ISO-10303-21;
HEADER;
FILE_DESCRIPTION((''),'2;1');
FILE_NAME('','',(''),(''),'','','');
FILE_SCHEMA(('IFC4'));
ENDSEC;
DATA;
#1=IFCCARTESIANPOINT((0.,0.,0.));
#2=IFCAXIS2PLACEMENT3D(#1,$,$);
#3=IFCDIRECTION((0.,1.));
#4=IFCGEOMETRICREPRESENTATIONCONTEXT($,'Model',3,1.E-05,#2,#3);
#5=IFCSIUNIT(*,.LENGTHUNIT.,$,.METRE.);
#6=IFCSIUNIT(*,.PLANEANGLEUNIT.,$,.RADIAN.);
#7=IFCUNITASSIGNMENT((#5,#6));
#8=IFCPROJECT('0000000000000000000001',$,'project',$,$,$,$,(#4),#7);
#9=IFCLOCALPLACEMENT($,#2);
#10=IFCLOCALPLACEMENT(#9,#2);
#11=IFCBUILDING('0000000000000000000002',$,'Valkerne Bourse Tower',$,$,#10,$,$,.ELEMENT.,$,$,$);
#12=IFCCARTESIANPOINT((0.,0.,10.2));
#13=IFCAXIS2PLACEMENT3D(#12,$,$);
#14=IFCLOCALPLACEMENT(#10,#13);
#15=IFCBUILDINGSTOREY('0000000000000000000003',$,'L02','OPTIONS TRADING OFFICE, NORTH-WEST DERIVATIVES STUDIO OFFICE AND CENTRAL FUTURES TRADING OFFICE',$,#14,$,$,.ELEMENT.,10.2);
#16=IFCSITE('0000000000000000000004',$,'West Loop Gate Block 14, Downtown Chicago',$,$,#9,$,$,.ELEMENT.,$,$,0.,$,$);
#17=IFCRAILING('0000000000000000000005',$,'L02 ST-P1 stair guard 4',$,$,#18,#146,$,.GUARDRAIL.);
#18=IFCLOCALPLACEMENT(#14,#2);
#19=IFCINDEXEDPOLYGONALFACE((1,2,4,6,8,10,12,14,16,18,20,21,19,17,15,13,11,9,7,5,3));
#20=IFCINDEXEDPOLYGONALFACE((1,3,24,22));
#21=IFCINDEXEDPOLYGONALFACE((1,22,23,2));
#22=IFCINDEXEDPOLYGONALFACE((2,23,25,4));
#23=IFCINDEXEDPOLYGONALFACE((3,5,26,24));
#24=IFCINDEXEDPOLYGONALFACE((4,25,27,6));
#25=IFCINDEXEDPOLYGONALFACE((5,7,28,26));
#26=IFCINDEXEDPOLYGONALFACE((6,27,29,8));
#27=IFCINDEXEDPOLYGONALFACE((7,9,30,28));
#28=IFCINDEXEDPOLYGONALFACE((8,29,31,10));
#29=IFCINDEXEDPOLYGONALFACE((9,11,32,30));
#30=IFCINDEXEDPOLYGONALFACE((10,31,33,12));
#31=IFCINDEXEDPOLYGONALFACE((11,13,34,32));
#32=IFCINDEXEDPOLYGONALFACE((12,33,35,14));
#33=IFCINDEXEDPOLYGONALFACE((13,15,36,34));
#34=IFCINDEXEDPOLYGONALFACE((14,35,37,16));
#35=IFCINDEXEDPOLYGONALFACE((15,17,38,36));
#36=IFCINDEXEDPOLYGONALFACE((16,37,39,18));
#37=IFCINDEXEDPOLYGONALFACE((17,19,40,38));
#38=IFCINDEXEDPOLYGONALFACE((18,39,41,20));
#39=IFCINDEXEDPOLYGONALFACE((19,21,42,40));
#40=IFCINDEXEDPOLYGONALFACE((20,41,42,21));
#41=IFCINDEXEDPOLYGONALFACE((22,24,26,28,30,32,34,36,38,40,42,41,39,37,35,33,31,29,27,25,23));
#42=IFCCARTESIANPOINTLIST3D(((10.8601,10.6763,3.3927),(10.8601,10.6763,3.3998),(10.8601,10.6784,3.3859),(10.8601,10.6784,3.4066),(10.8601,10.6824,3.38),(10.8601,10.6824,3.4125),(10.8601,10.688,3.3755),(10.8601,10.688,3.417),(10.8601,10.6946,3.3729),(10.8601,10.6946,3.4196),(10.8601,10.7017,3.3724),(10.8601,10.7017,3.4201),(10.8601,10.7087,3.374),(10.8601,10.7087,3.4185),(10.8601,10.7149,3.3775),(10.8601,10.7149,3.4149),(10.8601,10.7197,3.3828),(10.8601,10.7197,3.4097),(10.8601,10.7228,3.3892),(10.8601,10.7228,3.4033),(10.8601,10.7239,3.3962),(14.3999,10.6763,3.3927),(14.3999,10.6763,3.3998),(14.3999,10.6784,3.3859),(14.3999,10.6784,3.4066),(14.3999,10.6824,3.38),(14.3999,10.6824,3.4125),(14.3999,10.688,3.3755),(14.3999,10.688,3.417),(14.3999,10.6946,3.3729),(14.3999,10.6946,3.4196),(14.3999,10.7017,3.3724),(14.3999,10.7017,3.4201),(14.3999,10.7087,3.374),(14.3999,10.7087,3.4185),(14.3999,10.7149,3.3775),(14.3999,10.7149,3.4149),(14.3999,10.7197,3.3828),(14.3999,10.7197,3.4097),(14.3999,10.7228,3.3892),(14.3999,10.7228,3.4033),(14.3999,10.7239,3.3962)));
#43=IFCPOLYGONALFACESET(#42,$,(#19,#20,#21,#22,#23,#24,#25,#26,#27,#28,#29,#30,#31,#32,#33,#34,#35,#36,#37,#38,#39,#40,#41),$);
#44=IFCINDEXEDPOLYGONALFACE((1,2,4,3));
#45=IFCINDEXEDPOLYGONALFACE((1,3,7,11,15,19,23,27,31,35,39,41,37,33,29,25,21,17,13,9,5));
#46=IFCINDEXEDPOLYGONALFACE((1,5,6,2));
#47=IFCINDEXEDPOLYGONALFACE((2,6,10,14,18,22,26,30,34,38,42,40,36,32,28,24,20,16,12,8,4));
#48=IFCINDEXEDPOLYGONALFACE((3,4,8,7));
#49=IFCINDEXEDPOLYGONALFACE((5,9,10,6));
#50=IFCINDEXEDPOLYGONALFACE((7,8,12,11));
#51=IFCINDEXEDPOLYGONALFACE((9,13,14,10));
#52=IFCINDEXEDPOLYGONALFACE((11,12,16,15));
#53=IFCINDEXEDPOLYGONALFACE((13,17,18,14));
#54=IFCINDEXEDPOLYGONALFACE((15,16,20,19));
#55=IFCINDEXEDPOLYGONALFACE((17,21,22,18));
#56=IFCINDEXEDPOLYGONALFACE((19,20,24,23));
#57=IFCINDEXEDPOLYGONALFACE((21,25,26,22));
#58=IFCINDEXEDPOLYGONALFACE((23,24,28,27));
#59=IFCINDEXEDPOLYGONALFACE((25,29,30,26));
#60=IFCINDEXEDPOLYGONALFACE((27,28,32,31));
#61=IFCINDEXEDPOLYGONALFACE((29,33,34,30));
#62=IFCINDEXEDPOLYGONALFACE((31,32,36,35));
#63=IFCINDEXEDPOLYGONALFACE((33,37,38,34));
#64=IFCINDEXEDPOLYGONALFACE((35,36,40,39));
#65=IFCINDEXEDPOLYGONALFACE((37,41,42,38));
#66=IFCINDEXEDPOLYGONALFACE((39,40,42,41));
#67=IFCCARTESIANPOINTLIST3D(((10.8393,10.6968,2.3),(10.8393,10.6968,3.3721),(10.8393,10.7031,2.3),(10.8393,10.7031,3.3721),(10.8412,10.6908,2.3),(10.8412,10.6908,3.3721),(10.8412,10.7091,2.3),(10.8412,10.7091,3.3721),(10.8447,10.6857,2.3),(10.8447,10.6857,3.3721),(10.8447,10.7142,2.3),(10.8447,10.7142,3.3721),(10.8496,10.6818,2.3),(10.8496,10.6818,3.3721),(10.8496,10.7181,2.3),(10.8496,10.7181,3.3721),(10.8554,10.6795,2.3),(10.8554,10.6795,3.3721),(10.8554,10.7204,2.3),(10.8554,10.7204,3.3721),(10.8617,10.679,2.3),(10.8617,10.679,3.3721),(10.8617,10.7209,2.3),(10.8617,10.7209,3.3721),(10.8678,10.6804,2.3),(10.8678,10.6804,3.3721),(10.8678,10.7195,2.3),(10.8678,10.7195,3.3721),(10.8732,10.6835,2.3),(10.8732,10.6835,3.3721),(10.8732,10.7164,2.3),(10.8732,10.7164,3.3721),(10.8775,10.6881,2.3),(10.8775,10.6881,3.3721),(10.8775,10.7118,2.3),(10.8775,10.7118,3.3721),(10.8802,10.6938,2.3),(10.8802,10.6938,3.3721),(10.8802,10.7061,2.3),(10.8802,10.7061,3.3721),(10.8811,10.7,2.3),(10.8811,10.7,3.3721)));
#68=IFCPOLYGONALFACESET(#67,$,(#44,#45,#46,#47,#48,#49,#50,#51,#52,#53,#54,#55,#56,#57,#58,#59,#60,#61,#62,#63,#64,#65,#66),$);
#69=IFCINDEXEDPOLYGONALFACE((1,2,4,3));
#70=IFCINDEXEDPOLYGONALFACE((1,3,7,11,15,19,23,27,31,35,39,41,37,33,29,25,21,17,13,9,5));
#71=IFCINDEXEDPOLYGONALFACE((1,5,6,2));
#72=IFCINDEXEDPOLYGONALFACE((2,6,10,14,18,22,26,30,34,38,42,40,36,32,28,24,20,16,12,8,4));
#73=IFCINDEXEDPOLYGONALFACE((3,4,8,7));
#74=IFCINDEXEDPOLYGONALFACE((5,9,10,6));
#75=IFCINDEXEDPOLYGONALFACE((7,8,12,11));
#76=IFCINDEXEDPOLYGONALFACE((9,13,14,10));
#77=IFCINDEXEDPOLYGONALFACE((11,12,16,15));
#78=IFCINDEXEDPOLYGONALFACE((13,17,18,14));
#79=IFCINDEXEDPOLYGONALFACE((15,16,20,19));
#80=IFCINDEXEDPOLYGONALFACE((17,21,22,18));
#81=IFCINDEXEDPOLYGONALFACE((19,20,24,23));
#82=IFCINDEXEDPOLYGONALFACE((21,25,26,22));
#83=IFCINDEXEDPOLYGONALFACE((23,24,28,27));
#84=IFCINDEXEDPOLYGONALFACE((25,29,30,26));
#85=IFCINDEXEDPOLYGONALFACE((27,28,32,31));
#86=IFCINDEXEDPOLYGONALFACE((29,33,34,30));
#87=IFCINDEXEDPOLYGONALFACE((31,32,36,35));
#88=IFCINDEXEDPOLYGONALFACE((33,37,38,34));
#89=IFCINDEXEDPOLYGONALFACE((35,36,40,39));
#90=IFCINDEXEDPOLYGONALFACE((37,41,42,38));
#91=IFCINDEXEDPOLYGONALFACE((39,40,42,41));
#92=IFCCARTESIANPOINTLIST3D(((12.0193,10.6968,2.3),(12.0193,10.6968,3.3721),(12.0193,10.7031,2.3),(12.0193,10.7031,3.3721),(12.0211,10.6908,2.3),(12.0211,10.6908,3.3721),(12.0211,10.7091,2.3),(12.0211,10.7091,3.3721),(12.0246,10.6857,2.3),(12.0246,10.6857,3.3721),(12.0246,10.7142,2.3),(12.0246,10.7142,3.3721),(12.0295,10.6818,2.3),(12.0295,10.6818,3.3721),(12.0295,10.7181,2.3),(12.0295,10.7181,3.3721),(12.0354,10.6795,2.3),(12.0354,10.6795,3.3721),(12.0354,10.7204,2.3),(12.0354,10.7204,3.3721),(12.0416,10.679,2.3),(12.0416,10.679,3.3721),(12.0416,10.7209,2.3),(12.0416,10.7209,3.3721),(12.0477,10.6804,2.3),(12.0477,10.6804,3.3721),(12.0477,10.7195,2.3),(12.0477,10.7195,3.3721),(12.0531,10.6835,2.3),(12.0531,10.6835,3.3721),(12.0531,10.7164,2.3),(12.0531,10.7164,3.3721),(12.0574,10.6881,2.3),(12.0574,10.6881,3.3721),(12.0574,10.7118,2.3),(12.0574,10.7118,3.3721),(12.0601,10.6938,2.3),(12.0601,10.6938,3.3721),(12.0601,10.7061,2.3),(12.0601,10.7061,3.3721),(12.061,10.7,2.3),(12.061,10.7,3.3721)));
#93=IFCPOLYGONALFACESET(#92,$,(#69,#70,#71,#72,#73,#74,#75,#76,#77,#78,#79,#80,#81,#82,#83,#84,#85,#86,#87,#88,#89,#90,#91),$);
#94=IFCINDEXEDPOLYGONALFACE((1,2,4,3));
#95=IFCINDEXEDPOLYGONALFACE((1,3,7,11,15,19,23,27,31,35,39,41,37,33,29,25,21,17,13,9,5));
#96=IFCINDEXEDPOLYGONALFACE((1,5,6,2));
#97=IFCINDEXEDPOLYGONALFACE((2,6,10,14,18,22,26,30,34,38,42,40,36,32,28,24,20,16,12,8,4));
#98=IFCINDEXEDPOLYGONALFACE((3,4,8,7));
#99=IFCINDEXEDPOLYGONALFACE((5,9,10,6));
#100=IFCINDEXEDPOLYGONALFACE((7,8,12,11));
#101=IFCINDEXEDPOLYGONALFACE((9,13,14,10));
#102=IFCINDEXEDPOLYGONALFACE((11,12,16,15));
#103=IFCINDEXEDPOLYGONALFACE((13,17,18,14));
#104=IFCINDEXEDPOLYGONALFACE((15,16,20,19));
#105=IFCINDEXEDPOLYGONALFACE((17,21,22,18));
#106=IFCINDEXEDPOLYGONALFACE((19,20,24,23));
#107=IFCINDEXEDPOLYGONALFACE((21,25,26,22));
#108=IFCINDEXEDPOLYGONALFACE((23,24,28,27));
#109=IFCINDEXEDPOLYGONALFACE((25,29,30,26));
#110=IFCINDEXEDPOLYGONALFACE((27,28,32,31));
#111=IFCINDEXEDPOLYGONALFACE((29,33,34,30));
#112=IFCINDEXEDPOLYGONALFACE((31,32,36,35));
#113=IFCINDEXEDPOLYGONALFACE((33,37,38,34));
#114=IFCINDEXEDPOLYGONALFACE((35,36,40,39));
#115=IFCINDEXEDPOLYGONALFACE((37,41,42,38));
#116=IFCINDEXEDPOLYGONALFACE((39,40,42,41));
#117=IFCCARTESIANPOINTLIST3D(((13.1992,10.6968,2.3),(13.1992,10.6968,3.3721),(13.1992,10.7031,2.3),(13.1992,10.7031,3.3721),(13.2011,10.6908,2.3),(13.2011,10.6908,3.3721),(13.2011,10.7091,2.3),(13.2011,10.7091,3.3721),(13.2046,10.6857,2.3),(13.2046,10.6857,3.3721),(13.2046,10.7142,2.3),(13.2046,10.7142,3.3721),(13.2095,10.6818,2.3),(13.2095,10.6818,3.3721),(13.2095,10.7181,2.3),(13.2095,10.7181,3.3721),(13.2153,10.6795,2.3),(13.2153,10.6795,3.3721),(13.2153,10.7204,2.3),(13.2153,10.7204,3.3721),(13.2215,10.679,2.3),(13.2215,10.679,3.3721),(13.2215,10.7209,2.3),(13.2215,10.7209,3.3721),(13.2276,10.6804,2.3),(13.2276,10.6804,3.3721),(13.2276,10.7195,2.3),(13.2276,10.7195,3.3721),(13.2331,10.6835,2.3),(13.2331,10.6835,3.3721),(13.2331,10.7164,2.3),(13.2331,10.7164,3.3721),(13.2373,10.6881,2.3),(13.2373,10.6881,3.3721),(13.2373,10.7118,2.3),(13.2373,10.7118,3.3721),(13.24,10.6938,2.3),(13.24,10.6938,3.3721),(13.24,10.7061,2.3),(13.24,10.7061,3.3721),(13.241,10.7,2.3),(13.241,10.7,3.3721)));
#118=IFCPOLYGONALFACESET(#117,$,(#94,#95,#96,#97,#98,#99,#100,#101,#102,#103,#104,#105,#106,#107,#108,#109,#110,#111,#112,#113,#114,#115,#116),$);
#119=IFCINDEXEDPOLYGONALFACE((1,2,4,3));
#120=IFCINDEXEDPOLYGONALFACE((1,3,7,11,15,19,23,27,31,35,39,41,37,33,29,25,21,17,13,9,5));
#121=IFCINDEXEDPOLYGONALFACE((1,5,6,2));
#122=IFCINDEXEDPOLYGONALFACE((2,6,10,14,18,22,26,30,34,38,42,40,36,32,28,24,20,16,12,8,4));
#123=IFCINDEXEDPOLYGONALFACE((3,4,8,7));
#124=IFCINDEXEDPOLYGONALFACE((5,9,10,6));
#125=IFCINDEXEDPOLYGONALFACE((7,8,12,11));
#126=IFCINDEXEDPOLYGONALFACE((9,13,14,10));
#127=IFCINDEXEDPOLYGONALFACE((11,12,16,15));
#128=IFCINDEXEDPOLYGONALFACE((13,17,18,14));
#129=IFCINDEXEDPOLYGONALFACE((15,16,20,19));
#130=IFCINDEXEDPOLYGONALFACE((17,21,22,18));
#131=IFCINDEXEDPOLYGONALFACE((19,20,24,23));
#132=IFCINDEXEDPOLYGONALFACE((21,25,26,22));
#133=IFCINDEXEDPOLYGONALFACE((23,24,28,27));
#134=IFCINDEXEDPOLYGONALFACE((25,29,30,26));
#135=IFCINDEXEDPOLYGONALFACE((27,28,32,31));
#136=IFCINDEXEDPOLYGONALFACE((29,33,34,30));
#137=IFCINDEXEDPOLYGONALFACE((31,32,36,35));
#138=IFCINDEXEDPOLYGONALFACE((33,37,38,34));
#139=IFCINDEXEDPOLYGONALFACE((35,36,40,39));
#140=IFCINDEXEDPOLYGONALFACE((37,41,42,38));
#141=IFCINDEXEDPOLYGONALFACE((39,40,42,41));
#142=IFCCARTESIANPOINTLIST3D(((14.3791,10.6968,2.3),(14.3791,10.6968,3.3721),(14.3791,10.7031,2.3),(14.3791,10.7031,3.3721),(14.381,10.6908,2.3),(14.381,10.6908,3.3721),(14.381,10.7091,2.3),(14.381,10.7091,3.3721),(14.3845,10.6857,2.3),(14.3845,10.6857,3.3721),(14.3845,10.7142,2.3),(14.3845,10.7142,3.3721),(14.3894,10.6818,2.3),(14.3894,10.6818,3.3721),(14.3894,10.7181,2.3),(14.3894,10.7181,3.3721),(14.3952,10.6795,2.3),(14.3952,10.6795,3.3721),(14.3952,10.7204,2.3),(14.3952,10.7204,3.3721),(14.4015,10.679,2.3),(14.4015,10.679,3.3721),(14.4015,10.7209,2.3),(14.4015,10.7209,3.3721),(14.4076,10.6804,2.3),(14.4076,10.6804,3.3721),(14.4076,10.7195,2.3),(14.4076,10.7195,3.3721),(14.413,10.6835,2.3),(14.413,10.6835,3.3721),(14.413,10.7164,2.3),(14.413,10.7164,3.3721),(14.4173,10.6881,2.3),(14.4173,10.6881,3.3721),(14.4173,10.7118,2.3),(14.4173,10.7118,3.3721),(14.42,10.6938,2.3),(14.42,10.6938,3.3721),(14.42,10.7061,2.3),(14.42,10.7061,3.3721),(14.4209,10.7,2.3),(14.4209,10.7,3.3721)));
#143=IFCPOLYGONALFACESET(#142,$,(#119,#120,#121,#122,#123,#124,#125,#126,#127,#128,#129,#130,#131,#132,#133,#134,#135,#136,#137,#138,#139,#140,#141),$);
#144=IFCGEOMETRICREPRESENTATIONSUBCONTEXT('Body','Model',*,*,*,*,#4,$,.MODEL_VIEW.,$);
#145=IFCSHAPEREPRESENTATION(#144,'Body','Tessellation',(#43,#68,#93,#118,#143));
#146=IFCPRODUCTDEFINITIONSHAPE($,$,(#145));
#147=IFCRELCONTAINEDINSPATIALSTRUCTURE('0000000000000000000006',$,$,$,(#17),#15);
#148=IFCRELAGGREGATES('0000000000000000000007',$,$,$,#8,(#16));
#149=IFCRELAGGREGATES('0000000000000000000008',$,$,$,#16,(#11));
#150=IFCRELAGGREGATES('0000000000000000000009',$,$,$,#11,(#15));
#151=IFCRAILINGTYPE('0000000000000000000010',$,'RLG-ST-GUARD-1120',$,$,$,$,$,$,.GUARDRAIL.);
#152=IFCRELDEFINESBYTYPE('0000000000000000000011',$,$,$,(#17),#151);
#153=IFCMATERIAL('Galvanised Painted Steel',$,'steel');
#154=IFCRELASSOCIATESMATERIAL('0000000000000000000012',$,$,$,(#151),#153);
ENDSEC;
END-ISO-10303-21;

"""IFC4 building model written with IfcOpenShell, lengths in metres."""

from ifc_helpers import new_model, si_unit, direction, frame, origin, origin_2d, place, context, subcontext, project, spatial, circle, extrude, material, type_object, element, save


model = new_model("IFC4")

# Units and contexts
model_context = context("Model", 3, precision=1e-05, world=origin(), true_north=direction((0.0, 1.0)))
body_context = subcontext(model_context, "Body", "Model", "MODEL_VIEW")
ifc_project = project(units=[si_unit("LENGTHUNIT", "METRE"), si_unit("PLANEANGLEUNIT", "RADIAN")], contexts=[model_context])

# Site, building, storey
site_placement = place(None, origin())
site = spatial("IfcSite", under=ifc_project, at=site_placement, Name="West Loop Gate Block 14, Downtown Chicago", CompositionType="ELEMENT", RefElevation=0.0)
building_placement = place(site_placement, origin())
building = spatial("IfcBuilding", under=site, at=building_placement, Name="Valkerne Bourse Tower", CompositionType="ELEMENT")
storey_placement = place(building_placement, frame((0.0, 0.0, 10.2)))
storey = spatial("IfcBuildingStorey", under=building, at=storey_placement, Name="L02", Description="OPTIONS TRADING OFFICE, NORTH-WEST DERIVATIVES STUDIO OFFICE AND CENTRAL FUTURES TRADING OFFICE", CompositionType="ELEMENT", Elevation=10.2)

# Shared definitions
ifc_material_1 = material(Name="Galvanised Painted Steel", Category="steel")

# Railing
railing_type_1 = type_object("IfcRailingType", Name="RLG-ST-GUARD-1120", PredefinedType="GUARDRAIL", material=ifc_material_1)
railing_1_placement = place(storey_placement, frame((10.8601, 10.7, 2.3)))
element("IfcRailing", 1, at=railing_1_placement, inside=storey, type_object=railing_type_1, Name="L02 ST-P1 stair guard 4", PredefinedType="GUARDRAIL", context=body_context, shape_type="SweptSolid", body=[
    extrude(circle(Radius=0.0239, at=origin_2d()), frame((0.0, 0.0, 1.0962), z_axis=(1.0, 0.0, 0.0), x_axis=(0.0, 1.0, 0.0)), (0.0, 0.0, 1.0), 3.5398),
    extrude(circle(Radius=0.021, at=origin_2d()), origin(), (0.0, 0.0, 1.0), 1.072),
    extrude(circle(Radius=0.021, at=origin_2d()), frame((1.1799, 0.0, 0.0)), (0.0, 0.0, 1.0), 1.072),
    extrude(circle(Radius=0.021, at=origin_2d()), frame((2.3599, 0.0, 0.0)), (0.0, 0.0, 1.0), 1.072),
    extrude(circle(Radius=0.021, at=origin_2d()), frame((3.5398, 0.0, 0.0)), (0.0, 0.0, 1.0), 1.072),
])

save(model, "model.ifc")
